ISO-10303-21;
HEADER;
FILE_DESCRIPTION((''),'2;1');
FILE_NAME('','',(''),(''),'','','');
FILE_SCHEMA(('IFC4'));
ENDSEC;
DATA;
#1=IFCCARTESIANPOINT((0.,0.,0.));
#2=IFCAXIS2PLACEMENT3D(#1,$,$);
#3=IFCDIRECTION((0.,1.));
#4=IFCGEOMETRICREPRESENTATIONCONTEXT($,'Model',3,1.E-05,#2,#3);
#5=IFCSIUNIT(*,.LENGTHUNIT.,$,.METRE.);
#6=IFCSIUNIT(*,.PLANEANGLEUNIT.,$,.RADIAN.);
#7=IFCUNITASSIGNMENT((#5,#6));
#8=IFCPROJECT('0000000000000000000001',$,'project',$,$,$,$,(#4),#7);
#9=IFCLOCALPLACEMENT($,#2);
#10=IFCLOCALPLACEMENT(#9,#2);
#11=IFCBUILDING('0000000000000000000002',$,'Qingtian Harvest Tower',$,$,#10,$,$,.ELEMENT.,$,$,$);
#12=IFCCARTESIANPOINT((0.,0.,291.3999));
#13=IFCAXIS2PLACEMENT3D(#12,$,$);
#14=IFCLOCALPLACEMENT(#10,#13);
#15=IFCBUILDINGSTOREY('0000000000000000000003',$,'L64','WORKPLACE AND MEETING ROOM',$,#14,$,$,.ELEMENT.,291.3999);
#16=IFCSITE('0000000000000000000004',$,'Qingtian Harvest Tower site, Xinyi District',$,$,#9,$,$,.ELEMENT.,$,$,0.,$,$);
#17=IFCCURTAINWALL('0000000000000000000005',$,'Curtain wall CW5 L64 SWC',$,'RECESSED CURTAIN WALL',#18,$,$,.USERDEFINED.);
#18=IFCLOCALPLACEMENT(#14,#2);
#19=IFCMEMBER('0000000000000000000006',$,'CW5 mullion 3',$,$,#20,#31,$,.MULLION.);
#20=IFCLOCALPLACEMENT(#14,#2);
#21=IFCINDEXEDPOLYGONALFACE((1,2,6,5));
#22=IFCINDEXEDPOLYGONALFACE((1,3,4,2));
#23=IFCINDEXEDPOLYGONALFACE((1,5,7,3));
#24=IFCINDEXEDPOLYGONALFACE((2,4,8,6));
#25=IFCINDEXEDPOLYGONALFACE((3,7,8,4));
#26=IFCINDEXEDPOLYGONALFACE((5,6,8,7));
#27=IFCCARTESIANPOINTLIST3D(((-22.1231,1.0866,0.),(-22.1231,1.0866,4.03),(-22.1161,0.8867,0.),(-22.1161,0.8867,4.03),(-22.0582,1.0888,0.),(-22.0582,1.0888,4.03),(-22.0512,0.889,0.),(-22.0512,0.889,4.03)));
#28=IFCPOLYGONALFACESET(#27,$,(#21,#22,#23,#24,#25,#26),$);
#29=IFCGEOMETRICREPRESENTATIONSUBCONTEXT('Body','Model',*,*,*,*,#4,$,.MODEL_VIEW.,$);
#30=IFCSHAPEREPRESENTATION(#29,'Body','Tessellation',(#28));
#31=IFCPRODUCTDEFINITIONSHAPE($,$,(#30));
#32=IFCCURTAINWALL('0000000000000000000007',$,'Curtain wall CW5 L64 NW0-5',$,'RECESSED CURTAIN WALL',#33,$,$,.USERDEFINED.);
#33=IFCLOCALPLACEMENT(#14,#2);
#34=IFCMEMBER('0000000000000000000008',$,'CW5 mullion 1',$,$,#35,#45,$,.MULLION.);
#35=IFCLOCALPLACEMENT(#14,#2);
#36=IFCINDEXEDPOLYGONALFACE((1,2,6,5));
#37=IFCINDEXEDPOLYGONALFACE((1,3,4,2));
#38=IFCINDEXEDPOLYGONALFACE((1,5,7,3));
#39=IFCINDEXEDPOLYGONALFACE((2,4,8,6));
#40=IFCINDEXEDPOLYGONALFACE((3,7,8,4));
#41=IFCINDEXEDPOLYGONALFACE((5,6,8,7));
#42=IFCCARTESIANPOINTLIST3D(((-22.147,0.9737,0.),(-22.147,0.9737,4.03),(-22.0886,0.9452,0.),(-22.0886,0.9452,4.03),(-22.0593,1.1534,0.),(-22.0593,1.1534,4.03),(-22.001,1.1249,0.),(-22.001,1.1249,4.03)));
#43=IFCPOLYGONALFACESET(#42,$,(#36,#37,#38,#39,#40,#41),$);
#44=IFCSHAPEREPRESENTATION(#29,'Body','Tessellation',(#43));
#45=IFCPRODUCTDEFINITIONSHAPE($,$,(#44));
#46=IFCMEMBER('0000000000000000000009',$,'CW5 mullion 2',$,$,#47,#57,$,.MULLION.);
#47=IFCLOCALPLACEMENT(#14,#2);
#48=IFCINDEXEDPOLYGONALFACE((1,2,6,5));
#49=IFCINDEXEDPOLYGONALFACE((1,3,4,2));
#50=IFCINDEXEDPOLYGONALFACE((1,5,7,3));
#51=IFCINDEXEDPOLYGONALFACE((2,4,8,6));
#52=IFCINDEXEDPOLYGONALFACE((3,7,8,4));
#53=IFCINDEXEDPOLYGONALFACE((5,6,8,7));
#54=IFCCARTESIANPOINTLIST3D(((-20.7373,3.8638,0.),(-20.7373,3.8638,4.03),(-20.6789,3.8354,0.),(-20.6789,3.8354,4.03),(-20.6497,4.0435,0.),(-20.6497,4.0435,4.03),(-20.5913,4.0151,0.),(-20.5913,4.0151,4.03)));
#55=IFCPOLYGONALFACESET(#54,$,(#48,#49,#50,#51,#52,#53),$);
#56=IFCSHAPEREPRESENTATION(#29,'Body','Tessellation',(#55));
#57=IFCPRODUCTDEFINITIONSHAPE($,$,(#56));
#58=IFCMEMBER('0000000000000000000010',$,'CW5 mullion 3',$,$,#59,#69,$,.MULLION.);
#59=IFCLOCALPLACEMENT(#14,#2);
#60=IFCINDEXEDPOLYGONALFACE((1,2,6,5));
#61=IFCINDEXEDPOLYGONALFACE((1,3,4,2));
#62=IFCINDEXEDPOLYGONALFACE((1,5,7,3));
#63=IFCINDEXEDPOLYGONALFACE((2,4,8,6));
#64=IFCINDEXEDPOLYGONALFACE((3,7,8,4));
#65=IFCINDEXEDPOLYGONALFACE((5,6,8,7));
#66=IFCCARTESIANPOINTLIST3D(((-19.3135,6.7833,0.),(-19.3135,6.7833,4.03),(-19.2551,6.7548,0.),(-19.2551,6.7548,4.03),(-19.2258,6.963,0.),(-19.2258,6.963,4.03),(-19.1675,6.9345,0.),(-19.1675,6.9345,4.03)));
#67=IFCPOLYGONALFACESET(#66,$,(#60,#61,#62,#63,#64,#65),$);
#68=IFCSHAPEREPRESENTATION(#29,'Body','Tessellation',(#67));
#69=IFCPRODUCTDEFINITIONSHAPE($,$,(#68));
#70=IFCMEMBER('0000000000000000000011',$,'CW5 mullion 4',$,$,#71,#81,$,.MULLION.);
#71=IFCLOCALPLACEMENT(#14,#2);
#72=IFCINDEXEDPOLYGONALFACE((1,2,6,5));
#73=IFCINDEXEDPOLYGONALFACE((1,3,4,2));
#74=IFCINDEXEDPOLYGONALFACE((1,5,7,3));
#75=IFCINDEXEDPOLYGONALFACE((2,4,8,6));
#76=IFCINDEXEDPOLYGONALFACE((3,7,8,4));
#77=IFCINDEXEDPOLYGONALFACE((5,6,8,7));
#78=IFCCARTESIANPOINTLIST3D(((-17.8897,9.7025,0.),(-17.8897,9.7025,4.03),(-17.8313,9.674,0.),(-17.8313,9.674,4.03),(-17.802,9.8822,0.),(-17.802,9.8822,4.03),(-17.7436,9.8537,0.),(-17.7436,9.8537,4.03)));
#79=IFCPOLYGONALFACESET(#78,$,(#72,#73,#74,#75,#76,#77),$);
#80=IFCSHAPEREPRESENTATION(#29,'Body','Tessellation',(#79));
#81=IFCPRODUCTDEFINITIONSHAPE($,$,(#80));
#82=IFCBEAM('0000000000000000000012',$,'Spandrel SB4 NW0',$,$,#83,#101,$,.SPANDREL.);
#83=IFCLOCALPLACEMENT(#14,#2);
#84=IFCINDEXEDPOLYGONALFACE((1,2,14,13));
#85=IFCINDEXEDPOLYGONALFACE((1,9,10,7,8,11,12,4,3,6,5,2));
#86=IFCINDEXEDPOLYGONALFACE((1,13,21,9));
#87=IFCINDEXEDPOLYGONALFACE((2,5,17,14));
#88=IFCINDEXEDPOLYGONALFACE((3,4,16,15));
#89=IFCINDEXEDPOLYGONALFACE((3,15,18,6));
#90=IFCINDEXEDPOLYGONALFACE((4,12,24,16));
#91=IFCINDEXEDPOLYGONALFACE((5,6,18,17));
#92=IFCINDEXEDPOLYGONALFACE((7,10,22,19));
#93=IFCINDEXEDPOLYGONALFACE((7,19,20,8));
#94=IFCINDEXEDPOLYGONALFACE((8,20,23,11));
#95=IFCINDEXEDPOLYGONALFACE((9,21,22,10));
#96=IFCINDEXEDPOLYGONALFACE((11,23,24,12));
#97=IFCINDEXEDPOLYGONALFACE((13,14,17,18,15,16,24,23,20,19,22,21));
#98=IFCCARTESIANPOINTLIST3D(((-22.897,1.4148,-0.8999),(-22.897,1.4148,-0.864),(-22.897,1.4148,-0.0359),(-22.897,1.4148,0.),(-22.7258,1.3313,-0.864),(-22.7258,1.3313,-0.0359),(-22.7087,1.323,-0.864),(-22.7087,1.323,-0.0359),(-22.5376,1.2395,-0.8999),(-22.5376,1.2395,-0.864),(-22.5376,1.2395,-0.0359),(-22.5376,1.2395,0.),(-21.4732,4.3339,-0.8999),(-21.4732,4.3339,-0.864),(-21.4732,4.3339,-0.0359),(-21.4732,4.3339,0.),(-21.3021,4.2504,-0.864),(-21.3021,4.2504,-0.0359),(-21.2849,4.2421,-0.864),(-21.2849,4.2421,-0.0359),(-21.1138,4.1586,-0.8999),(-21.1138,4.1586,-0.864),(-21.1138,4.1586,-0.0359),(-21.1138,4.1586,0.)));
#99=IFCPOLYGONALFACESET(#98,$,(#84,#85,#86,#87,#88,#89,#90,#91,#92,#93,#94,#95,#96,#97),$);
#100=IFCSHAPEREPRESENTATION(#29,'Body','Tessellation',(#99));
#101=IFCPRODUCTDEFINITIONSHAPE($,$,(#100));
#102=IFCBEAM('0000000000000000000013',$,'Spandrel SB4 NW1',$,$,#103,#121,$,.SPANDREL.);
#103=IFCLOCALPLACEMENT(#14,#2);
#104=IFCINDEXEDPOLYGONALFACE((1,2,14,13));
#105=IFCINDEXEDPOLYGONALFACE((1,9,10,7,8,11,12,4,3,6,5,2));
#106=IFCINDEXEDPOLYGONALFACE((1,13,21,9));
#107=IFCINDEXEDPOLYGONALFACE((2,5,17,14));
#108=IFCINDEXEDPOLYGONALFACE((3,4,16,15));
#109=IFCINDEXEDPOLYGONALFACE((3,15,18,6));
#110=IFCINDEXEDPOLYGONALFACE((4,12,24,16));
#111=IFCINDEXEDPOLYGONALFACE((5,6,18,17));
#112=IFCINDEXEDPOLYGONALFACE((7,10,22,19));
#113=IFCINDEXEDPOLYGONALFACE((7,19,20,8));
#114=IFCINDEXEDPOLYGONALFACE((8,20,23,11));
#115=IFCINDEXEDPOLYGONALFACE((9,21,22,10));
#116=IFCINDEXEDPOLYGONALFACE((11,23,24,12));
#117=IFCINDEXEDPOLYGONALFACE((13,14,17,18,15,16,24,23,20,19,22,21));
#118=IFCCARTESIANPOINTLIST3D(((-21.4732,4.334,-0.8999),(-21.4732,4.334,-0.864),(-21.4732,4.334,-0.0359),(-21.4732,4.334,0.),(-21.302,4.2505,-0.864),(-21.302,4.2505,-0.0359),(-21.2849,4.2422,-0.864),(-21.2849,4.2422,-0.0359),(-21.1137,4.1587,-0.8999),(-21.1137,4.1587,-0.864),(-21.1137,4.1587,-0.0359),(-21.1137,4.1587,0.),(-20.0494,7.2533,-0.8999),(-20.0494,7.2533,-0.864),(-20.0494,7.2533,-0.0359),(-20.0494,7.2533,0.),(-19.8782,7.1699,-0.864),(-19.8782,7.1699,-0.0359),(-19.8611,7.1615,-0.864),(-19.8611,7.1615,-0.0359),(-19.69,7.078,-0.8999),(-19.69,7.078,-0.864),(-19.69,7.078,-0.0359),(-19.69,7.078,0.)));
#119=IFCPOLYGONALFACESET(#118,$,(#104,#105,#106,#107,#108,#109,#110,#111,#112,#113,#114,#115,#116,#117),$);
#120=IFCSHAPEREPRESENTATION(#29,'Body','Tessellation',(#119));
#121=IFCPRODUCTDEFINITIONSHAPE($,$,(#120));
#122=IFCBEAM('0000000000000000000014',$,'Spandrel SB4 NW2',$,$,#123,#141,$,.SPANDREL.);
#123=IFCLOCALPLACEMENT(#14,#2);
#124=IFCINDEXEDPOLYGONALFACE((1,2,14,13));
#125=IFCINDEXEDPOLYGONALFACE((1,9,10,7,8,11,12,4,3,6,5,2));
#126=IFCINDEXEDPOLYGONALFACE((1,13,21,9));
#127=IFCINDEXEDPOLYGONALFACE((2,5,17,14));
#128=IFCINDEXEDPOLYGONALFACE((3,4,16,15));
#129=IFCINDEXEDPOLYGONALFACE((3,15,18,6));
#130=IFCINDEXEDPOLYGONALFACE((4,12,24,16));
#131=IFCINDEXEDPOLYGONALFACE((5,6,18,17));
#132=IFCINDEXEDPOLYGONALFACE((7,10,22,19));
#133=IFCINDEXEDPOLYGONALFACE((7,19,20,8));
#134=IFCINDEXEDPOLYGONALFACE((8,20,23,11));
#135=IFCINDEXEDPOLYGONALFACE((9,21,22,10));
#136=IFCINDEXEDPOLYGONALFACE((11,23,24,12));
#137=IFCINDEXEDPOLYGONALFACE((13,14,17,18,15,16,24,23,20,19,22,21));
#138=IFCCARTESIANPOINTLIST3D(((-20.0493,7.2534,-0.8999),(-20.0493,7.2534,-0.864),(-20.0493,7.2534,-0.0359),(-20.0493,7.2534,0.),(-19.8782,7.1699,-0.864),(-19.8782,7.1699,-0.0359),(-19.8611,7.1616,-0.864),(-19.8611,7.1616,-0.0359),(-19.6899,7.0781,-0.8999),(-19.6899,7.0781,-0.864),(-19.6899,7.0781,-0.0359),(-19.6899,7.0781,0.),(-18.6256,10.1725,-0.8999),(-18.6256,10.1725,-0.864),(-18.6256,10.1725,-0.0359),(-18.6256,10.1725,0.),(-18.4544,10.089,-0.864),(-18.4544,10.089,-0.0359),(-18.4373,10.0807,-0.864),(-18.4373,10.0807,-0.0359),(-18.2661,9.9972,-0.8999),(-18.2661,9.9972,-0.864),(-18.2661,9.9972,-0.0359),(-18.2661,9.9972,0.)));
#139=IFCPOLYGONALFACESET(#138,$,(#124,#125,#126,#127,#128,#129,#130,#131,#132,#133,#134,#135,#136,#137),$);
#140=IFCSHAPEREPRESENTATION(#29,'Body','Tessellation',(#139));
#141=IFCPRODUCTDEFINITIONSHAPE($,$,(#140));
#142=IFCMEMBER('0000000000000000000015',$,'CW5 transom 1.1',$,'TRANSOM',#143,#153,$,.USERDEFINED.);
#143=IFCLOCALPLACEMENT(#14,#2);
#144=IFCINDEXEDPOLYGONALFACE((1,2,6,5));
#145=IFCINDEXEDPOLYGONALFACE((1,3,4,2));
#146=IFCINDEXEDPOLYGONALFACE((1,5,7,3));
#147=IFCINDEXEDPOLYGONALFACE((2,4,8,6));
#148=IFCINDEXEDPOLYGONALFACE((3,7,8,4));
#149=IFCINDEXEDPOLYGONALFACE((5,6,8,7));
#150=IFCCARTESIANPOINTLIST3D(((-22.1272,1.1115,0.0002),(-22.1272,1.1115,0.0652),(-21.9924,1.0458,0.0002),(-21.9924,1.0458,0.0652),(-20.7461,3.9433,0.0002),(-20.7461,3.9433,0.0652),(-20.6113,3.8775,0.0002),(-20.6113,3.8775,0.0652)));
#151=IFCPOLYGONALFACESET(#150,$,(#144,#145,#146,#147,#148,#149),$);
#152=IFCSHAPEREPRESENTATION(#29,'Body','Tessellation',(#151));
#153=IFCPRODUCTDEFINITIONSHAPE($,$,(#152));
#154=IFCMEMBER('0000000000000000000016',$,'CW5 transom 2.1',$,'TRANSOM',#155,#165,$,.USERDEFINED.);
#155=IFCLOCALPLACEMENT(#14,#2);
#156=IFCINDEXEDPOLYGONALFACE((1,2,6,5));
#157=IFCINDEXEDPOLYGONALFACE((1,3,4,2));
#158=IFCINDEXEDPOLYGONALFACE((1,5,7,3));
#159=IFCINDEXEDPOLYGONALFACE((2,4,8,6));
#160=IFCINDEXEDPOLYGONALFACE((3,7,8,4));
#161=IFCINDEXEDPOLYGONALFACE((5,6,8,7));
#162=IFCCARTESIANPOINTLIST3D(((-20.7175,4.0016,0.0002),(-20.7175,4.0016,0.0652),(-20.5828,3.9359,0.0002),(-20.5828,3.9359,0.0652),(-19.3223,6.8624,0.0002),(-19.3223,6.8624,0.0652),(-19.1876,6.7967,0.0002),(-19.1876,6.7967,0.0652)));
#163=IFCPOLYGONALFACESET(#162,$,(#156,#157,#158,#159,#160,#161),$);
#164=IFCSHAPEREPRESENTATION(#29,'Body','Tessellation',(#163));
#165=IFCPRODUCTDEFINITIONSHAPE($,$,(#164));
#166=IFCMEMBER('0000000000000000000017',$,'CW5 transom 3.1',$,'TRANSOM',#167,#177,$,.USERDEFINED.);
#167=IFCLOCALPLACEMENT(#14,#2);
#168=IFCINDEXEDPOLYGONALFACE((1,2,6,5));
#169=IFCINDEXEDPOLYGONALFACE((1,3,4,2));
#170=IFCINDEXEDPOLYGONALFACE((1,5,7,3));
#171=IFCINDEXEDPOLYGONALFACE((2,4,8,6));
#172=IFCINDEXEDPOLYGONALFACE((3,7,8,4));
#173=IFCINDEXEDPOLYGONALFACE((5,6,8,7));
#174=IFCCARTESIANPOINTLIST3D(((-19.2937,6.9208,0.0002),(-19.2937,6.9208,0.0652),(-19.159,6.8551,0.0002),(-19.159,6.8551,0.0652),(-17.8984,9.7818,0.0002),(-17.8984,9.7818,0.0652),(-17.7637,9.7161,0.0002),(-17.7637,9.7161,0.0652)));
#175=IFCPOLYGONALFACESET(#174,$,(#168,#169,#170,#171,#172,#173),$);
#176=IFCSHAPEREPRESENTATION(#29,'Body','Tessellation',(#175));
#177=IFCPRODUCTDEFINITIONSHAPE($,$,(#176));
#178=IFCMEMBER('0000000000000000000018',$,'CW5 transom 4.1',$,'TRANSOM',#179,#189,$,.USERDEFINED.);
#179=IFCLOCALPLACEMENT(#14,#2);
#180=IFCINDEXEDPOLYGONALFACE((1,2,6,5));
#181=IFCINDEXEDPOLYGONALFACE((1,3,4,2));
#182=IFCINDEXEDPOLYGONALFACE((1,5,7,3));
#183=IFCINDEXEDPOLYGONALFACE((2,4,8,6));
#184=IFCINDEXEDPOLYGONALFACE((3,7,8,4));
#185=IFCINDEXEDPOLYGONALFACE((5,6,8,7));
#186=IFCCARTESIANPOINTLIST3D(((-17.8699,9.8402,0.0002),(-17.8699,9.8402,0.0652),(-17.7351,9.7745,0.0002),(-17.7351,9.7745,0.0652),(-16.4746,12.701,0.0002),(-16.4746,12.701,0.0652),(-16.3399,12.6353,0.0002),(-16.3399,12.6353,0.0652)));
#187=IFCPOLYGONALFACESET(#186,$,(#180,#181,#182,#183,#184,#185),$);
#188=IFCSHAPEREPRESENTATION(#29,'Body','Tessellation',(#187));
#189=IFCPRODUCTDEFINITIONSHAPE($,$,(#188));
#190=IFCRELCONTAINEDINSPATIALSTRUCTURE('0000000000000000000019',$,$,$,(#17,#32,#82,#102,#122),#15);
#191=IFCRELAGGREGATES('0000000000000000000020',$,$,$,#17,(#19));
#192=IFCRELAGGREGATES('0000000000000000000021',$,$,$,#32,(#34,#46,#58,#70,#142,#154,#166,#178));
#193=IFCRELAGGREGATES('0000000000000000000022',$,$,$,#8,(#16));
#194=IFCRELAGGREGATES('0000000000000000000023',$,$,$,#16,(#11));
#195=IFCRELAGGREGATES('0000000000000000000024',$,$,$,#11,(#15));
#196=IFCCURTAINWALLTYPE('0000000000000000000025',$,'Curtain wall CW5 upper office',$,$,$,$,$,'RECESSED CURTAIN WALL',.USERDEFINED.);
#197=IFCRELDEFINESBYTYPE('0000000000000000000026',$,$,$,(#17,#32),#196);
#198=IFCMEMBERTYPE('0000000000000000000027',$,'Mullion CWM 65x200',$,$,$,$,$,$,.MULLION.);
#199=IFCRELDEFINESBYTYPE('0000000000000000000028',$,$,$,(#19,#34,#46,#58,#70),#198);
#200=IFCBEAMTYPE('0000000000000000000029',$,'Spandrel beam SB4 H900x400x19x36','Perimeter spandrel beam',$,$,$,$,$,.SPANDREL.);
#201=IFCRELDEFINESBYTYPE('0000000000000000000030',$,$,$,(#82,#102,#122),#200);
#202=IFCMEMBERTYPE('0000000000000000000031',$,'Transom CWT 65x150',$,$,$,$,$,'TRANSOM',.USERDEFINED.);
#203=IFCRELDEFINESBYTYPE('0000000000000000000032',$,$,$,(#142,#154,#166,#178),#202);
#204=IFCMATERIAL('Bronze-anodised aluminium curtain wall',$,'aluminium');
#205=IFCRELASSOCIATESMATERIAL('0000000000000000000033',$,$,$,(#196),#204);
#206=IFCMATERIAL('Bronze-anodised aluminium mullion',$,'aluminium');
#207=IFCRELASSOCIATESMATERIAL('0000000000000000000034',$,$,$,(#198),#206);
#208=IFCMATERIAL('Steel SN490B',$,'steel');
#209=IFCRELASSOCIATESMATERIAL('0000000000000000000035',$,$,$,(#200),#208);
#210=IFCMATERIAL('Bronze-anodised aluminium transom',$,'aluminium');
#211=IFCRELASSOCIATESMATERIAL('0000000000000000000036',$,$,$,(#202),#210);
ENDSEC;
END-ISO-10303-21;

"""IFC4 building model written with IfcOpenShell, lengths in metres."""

from ifc_helpers import new_model, si_unit, direction, frame, origin, origin_2d, place, context, subcontext, project, spatial, rectangle, i_section, extrude, material, material_profile, profile_set, type_object, element, aggregate, save


model = new_model("IFC4")

# Units and contexts
model_context = context("Model", 3, precision=1e-05, world=origin(), true_north=direction((0.0, 1.0)))
body_context = subcontext(model_context, "Body", "Model", "MODEL_VIEW")
ifc_project = project(units=[si_unit("LENGTHUNIT", "METRE"), si_unit("PLANEANGLEUNIT", "RADIAN")], contexts=[model_context])

# Site, building, storey
site_placement = place(None, origin())
site = spatial("IfcSite", under=ifc_project, at=site_placement, Name="Qingtian Harvest Tower site, Xinyi District", CompositionType="ELEMENT", RefElevation=0.0)
building_placement = place(site_placement, origin())
building = spatial("IfcBuilding", under=site, at=building_placement, Name="Qingtian Harvest Tower", CompositionType="ELEMENT")
storey_placement = place(building_placement, frame((0.0, 0.0, 291.3999)))
storey = spatial("IfcBuildingStorey", under=building, at=storey_placement, Name="L64", Description="WORKPLACE AND MEETING ROOM", CompositionType="ELEMENT", Elevation=291.3999)

# Curtain wall, member
ifc_material_1 = material(Name="Bronze-anodised aluminium curtain wall", Category="aluminium")
curtain_wall_type = type_object("IfcCurtainWallType", Name="Curtain wall CW5 upper office", ElementType="RECESSED CURTAIN WALL", PredefinedType="USERDEFINED", material=ifc_material_1)
curtain_wall_1_placement = place(storey_placement, origin())
curtain_wall_1 = element("IfcCurtainWall", 1, at=curtain_wall_1_placement, inside=storey, type_object=curtain_wall_type, Name="Curtain wall CW5 L64 SWC", ObjectType="RECESSED CURTAIN WALL", PredefinedType="USERDEFINED")
ifc_material_2 = material(Name="Bronze-anodised aluminium mullion", Category="aluminium")
ifc_material_profile_1 = material_profile(ifc_material_2, rectangle(XDim=0.0649, YDim=0.2, at=origin_2d()), Name="AL 65x200")
ifc_profile_set_1 = profile_set([ifc_material_profile_1], Name="Bronze-anodised aluminium mullion")
member_type_1 = type_object("IfcMemberType", Name="Mullion CWM 65x200", PredefinedType="MULLION", material=ifc_profile_set_1)
member_1_placement = place(storey_placement, frame((-22.0872, 0.9878, 0.0), z_axis=(0.0, 0.0, 1.0), x_axis=(-0.999391, -0.034899, 0.0)))
member_1 = element("IfcMember", 2, at=member_1_placement, type_object=member_type_1, Name="CW5 mullion 3", PredefinedType="MULLION", context=body_context, shape_type="SweptSolid", body=[
    extrude(rectangle(XDim=0.0649, YDim=0.2, at=origin_2d()), origin(), (0.0, 0.0, 1.0), 4.03),
])

# Curtain wall, members
curtain_wall_2_placement = place(storey_placement, origin())
curtain_wall_2 = element("IfcCurtainWall", 3, at=curtain_wall_2_placement, inside=storey, type_object=curtain_wall_type, Name="Curtain wall CW5 L64 NW0-5", ObjectType="RECESSED CURTAIN WALL", PredefinedType="USERDEFINED")
member_2_placement = place(storey_placement, frame((-22.074, 1.0493, 0.0), z_axis=(0.0, 0.0, 1.0), x_axis=(-0.898794, 0.438371, 0.0)))
member_2 = element("IfcMember", 4, at=member_2_placement, type_object=member_type_1, Name="CW5 mullion 1", PredefinedType="MULLION", context=body_context, shape_type="SweptSolid", body=[
    extrude(rectangle(XDim=0.0649, YDim=0.2, at=origin_2d()), origin(), (0.0, 0.0, 1.0), 4.03),
])
member_3_placement = place(storey_placement, frame((-20.6643, 3.9395, 0.0), z_axis=(0.0, 0.0, 1.0), x_axis=(-0.898794, 0.438371, 0.0)))
member_3 = element("IfcMember", 5, at=member_3_placement, type_object=member_type_1, Name="CW5 mullion 2", PredefinedType="MULLION", context=body_context, shape_type="SweptSolid", body=[
    extrude(rectangle(XDim=0.0649, YDim=0.2, at=origin_2d()), origin(), (0.0, 0.0, 1.0), 4.03),
])
member_4_placement = place(storey_placement, frame((-19.2405, 6.8589, 0.0), z_axis=(0.0, 0.0, 1.0), x_axis=(-0.898794, 0.438371, 0.0)))
member_4 = element("IfcMember", 6, at=member_4_placement, type_object=member_type_1, Name="CW5 mullion 3", PredefinedType="MULLION", context=body_context, shape_type="SweptSolid", body=[
    extrude(rectangle(XDim=0.0649, YDim=0.2, at=origin_2d()), origin(), (0.0, 0.0, 1.0), 4.03),
])
member_5_placement = place(storey_placement, frame((-17.8167, 9.7781, 0.0), z_axis=(0.0, 0.0, 1.0), x_axis=(-0.898794, 0.438371, 0.0)))
member_5 = element("IfcMember", 7, at=member_5_placement, type_object=member_type_1, Name="CW5 mullion 4", PredefinedType="MULLION", context=body_context, shape_type="SweptSolid", body=[
    extrude(rectangle(XDim=0.0649, YDim=0.2, at=origin_2d()), origin(), (0.0, 0.0, 1.0), 4.03),
])

# Beams
ifc_material_3 = material(Name="Steel SN490B", Category="steel")
ifc_material_profile_2 = material_profile(ifc_material_3, i_section(OverallWidth=0.3999, OverallDepth=0.8999, WebThickness=0.019, FlangeThickness=0.0359, at=origin_2d()), Name="H900x400x19x36")
ifc_profile_set_2 = profile_set([ifc_material_profile_2], Name="Steel SN490B")
beam_type_1 = type_object("IfcBeamType", Name="Spandrel beam SB4 H900x400x19x36", Description="Perimeter spandrel beam", PredefinedType="SPANDREL", material=ifc_profile_set_2)
beam_1_placement = place(storey_placement, frame((-22.7173, 1.3271, -0.45), z_axis=(0.438382, 0.898789, 0.0), x_axis=(-0.898789, 0.438382, 0.0)))
element("IfcBeam", 8, at=beam_1_placement, inside=storey, type_object=beam_type_1, Name="Spandrel SB4 NW0", PredefinedType="SPANDREL", context=body_context, shape_type="SweptSolid", body=[
    extrude(i_section(OverallWidth=0.3999, OverallDepth=0.8999, WebThickness=0.019, FlangeThickness=0.0359, at=origin_2d()), origin(), (0.0, 0.0, 1.0), 3.2478),
])
beam_2_placement = place(storey_placement, frame((-21.2935, 4.2463, -0.45), z_axis=(0.438353, 0.898803, 0.0), x_axis=(-0.898803, 0.438353, 0.0)))
element("IfcBeam", 9, at=beam_2_placement, inside=storey, type_object=beam_type_1, Name="Spandrel SB4 NW1", PredefinedType="SPANDREL", context=body_context, shape_type="SweptSolid", body=[
    extrude(i_section(OverallWidth=0.3999, OverallDepth=0.8999, WebThickness=0.019, FlangeThickness=0.0359, at=origin_2d()), origin(), (0.0, 0.0, 1.0), 3.248),
])
beam_3_placement = place(storey_placement, frame((-19.8696, 7.1658, -0.45), z_axis=(0.438382, 0.898789, 0.0), x_axis=(-0.898789, 0.438382, 0.0)))
element("IfcBeam", 10, at=beam_3_placement, inside=storey, type_object=beam_type_1, Name="Spandrel SB4 NW2", PredefinedType="SPANDREL", context=body_context, shape_type="SweptSolid", body=[
    extrude(i_section(OverallWidth=0.3999, OverallDepth=0.8999, WebThickness=0.019, FlangeThickness=0.0359, at=origin_2d()), origin(), (0.0, 0.0, 1.0), 3.2478),
])

# Members
ifc_material_4 = material(Name="Bronze-anodised aluminium transom", Category="aluminium")
ifc_material_profile_3 = material_profile(ifc_material_4, rectangle(XDim=0.1499, YDim=0.0649, at=origin_2d()), Name="AL 65x150")
ifc_profile_set_3 = profile_set([ifc_material_profile_3], Name="Bronze-anodised aluminium transom")
member_type_2 = type_object("IfcMemberType", Name="Transom CWT 65x150", ElementType="TRANSOM", PredefinedType="USERDEFINED", material=ifc_profile_set_3)
member_6_placement = place(storey_placement, frame((-22.0598, 1.0786, 0.0327), z_axis=(0.438358, 0.8988, 0.0), x_axis=(-0.8988, 0.438358, 0.0)))
member_6 = element("IfcMember", 11, at=member_6_placement, type_object=member_type_2, Name="CW5 transom 1.1", ObjectType="TRANSOM", PredefinedType="USERDEFINED", context=body_context, shape_type="SweptSolid", body=[
    extrude(rectangle(XDim=0.1499, YDim=0.0649, at=origin_2d()), origin(), (0.0, 0.0, 1.0), 3.1506),
])
member_7_placement = place(storey_placement, frame((-20.6501, 3.9688, 0.0327), z_axis=(0.438356, 0.898802, 0.0), x_axis=(-0.898802, 0.438356, 0.0)))
member_7 = element("IfcMember", 12, at=member_7_placement, type_object=member_type_2, Name="CW5 transom 2.1", ObjectType="TRANSOM", PredefinedType="USERDEFINED", context=body_context, shape_type="SweptSolid", body=[
    extrude(rectangle(XDim=0.1499, YDim=0.0649, at=origin_2d()), origin(), (0.0, 0.0, 1.0), 3.1829),
])
member_8_placement = place(storey_placement, frame((-19.2263, 6.8879, 0.0327), z_axis=(0.438325, 0.898816, 0.0), x_axis=(-0.898816, 0.438325, 0.0)))
member_8 = element("IfcMember", 13, at=member_8_placement, type_object=member_type_2, Name="CW5 transom 3.1", ObjectType="TRANSOM", PredefinedType="USERDEFINED", context=body_context, shape_type="SweptSolid", body=[
    extrude(rectangle(XDim=0.1499, YDim=0.0649, at=origin_2d()), origin(), (0.0, 0.0, 1.0), 3.1831),
])
member_9_placement = place(storey_placement, frame((-17.8025, 9.8074, 0.0327), z_axis=(0.438356, 0.898802, 0.0), x_axis=(-0.898802, 0.438356, 0.0)))
member_9 = element("IfcMember", 14, at=member_9_placement, type_object=member_type_2, Name="CW5 transom 4.1", ObjectType="TRANSOM", PredefinedType="USERDEFINED", context=body_context, shape_type="SweptSolid", body=[
    extrude(rectangle(XDim=0.1499, YDim=0.0649, at=origin_2d()), origin(), (0.0, 0.0, 1.0), 3.1829),
])

aggregate(curtain_wall_1, [member_1])
aggregate(curtain_wall_2, [member_2, member_3, member_4, member_5, member_6, member_7, member_8, member_9])

save(model, "model.ifc")
